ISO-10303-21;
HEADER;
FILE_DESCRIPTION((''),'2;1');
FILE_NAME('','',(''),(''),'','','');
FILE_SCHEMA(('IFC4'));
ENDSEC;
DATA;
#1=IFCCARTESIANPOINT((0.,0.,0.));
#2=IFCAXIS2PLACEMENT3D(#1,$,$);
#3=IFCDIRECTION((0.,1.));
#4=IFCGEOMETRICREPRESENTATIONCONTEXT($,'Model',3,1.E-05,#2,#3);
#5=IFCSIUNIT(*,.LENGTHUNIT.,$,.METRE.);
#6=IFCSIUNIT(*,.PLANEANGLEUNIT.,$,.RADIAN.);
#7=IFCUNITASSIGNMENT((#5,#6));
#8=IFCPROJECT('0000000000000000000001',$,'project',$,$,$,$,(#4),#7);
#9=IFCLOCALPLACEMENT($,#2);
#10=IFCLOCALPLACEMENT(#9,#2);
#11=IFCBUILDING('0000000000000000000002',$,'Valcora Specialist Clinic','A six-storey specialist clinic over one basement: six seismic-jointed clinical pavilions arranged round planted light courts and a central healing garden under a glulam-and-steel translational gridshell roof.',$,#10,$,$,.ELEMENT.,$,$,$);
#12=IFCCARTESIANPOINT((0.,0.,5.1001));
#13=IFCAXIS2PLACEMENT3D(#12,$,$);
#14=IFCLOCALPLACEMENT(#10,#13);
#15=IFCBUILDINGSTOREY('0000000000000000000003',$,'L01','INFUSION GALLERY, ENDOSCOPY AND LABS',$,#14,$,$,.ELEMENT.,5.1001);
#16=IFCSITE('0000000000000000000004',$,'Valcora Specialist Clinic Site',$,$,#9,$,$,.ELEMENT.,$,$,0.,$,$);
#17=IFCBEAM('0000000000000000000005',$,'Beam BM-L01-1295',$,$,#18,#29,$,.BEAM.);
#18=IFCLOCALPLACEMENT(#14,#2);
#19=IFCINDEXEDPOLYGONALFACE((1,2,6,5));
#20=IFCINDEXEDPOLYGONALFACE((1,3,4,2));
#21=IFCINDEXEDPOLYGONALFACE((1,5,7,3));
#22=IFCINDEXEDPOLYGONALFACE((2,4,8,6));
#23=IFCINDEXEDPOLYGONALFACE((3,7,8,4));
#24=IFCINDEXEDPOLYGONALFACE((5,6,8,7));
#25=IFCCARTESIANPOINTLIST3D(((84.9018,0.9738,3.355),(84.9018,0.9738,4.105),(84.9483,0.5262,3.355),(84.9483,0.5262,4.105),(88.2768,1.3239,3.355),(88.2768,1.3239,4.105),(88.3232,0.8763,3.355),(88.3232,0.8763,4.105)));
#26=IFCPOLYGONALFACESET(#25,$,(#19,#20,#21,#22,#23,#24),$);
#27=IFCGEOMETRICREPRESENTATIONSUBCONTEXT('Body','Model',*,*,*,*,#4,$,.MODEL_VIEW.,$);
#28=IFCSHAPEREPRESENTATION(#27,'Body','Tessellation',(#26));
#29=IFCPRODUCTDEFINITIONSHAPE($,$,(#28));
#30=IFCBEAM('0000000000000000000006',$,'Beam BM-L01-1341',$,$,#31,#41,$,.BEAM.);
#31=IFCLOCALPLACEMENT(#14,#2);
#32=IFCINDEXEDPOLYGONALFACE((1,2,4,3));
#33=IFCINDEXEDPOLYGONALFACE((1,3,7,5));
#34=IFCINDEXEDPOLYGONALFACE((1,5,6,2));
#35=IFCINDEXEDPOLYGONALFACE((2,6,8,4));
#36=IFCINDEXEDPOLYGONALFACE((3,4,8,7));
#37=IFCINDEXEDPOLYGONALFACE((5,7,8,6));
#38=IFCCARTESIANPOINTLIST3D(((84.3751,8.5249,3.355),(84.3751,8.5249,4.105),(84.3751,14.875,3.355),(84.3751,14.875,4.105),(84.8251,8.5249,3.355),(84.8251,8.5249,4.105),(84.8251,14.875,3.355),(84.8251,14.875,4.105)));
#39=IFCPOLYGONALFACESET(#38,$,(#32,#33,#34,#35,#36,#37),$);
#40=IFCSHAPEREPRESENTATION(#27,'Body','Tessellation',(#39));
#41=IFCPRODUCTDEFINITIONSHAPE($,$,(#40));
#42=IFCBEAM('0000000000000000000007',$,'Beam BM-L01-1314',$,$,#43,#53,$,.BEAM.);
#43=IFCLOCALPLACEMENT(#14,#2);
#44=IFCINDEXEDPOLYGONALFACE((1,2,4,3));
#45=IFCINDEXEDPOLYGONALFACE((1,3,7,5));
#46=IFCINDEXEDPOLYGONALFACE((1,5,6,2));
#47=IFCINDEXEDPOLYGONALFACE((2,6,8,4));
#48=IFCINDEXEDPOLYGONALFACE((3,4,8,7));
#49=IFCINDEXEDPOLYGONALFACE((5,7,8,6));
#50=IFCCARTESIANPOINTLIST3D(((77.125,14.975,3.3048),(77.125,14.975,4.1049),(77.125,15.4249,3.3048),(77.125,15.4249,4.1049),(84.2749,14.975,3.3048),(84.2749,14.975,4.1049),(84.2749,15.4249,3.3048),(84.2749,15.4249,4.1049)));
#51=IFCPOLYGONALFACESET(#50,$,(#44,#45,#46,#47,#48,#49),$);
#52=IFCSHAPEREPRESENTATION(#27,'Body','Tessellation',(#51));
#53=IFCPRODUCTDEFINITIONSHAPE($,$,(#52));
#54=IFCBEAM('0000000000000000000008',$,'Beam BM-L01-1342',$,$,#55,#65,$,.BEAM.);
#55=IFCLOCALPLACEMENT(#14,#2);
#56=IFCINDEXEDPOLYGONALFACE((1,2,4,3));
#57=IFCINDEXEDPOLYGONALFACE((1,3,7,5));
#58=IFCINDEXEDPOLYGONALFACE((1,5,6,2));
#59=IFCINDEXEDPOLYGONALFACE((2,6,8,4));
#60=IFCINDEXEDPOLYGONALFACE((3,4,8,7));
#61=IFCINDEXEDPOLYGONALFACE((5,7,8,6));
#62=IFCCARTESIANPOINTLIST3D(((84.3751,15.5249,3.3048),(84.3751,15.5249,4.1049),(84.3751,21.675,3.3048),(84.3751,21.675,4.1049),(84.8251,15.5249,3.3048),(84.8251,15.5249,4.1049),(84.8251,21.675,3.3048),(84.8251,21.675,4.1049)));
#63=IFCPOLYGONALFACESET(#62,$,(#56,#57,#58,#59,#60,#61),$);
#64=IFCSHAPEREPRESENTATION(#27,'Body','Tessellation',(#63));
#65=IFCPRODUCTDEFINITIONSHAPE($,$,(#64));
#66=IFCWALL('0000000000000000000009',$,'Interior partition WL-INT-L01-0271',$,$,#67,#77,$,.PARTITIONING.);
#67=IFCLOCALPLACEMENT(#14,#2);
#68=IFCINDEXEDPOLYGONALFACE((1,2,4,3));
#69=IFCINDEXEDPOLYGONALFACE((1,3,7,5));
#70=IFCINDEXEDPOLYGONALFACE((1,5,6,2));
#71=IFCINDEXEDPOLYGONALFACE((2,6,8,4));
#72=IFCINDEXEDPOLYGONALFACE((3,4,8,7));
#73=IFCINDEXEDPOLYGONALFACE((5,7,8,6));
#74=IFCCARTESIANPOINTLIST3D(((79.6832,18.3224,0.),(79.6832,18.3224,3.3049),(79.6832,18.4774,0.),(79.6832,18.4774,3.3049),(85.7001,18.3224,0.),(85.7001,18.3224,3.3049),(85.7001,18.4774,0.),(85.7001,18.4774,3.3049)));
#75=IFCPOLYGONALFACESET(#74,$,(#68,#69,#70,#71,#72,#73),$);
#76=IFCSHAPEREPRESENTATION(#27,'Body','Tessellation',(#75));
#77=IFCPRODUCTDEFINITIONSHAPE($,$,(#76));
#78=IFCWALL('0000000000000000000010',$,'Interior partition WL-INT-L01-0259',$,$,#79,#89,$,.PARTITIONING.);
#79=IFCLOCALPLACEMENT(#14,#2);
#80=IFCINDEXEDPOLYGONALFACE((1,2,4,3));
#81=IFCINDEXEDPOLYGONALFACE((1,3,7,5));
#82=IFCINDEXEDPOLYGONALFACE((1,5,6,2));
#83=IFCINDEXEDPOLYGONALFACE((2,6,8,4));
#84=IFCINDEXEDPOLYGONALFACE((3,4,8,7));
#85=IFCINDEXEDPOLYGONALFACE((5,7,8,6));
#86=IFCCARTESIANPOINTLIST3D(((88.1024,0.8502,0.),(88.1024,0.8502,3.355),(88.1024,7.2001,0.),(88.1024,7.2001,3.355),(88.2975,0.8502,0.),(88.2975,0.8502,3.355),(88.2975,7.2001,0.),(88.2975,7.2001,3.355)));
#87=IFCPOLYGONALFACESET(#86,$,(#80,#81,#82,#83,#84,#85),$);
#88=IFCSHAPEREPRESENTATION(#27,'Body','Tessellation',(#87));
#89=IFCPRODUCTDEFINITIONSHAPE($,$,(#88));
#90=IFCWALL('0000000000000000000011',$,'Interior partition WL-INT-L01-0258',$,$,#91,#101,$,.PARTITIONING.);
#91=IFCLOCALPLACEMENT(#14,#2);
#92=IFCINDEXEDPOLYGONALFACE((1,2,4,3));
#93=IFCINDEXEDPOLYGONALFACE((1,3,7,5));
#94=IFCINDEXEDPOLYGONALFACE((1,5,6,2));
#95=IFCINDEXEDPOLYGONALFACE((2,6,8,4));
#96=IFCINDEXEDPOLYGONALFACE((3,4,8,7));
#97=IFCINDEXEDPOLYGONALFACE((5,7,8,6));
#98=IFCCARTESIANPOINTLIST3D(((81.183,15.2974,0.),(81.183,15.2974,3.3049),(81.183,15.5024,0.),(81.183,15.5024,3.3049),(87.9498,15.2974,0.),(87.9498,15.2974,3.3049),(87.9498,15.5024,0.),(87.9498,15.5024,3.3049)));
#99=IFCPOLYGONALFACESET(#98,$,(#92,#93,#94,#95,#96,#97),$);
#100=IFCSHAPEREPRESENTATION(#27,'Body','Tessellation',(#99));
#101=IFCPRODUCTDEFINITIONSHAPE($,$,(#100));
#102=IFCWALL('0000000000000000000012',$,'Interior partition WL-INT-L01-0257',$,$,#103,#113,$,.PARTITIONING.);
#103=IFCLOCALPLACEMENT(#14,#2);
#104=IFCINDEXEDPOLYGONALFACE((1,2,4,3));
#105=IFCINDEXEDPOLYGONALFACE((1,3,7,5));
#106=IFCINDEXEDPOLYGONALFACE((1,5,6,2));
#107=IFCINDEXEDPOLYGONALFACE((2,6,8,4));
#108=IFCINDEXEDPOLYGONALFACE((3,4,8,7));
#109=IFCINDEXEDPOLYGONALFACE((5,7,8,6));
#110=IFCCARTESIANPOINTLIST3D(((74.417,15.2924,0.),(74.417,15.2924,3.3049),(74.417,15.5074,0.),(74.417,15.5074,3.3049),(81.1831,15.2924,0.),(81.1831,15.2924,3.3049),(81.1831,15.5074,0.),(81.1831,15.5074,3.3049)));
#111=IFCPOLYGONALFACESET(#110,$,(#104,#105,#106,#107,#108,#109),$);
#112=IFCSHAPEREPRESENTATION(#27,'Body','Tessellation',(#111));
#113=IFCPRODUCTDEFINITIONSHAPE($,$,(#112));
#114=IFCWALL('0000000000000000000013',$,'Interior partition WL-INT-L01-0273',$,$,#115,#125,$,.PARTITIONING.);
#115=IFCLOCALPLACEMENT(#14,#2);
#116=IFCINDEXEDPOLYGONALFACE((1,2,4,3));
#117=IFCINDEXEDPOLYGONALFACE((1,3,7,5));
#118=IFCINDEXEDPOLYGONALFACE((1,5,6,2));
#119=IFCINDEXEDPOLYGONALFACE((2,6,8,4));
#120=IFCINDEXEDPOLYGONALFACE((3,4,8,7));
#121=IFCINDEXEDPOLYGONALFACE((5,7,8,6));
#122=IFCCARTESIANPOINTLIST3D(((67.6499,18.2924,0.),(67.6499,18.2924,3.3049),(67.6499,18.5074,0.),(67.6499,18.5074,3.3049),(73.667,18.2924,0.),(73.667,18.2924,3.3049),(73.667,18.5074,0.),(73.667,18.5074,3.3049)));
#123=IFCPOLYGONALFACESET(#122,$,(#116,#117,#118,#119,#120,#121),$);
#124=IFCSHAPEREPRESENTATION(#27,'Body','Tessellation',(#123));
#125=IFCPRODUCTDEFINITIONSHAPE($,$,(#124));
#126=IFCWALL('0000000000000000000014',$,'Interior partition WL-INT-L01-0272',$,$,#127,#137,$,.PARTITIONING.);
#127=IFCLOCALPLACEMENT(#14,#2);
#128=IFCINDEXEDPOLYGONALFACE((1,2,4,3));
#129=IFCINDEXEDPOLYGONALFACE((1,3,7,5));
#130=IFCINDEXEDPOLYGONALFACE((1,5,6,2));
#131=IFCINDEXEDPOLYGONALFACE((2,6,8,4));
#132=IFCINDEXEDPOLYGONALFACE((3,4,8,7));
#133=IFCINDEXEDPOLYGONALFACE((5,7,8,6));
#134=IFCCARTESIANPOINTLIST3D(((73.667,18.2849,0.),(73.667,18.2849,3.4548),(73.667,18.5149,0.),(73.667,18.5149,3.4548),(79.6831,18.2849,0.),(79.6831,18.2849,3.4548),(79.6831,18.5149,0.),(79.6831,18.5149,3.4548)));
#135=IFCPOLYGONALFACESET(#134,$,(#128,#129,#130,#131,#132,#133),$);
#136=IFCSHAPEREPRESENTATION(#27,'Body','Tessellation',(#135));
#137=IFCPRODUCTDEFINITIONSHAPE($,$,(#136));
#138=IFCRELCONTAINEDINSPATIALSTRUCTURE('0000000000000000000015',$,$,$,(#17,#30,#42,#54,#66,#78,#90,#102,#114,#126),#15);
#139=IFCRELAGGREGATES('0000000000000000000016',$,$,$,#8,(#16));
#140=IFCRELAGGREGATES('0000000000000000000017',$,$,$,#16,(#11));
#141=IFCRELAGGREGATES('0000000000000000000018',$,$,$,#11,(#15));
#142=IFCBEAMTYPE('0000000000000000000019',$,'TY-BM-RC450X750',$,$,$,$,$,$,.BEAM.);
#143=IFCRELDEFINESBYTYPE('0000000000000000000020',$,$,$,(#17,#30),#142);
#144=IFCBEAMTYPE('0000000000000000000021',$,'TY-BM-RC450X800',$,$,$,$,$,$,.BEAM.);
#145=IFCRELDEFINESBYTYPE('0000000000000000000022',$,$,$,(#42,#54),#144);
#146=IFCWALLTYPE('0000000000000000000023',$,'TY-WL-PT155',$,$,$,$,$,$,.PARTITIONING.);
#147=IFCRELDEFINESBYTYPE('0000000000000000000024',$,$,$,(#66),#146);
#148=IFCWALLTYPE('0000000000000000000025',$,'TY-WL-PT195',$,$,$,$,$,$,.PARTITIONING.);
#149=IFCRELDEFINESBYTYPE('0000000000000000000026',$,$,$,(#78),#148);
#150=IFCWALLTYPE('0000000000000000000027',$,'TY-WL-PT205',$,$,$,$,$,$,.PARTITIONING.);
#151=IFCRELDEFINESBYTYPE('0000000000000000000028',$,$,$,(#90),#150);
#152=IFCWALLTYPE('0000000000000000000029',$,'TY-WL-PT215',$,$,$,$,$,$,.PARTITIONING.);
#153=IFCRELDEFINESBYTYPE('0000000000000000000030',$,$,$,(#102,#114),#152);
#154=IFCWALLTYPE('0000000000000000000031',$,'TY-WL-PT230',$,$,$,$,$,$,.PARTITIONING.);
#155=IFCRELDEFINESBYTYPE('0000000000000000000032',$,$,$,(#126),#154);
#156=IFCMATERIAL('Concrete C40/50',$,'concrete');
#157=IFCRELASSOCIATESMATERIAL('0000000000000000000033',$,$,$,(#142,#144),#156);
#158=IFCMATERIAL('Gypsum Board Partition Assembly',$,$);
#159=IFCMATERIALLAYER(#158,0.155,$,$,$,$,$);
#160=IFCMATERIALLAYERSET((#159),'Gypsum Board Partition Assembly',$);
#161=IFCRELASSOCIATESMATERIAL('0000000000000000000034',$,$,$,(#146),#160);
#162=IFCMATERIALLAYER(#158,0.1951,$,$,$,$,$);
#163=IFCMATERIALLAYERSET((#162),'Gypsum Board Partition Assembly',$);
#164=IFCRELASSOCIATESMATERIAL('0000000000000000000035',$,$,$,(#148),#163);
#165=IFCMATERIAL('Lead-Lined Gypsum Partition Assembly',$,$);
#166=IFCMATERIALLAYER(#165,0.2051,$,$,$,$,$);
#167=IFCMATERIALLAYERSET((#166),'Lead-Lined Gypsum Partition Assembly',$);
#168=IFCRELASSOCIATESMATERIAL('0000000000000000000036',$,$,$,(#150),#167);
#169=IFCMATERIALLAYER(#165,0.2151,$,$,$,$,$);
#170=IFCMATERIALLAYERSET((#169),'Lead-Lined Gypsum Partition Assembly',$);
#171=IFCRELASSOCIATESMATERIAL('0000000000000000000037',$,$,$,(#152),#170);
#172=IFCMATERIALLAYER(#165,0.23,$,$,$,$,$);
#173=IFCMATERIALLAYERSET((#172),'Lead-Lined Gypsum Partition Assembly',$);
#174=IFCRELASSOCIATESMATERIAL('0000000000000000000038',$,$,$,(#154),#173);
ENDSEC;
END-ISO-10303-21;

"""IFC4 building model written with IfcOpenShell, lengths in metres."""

from ifc_helpers import new_model, si_unit, direction, frame, frame_2d, origin, origin_2d, place, context, subcontext, project, spatial, rectangle, extrude, material, layer, layer_set, material_profile, profile_set, type_object, element, save


model = new_model("IFC4")

# Units and contexts
model_context = context("Model", 3, precision=1e-05, world=origin(), true_north=direction((0.0, 1.0)))
body_context = subcontext(model_context, "Body", "Model", "MODEL_VIEW")
ifc_project = project(units=[si_unit("LENGTHUNIT", "METRE"), si_unit("PLANEANGLEUNIT", "RADIAN")], contexts=[model_context])

# Site, building, storey
site_placement = place(None, origin())
site = spatial("IfcSite", under=ifc_project, at=site_placement, Name="Valcora Specialist Clinic Site", CompositionType="ELEMENT", RefElevation=0.0)
building_placement = place(site_placement, origin())
building = spatial("IfcBuilding", under=site, at=building_placement, Name="Valcora Specialist Clinic", Description="A six-storey specialist clinic over one basement: six seismic-jointed clinical pavilions arranged round planted light courts and a central healing garden under a glulam-and-steel translational gridshell roof.", CompositionType="ELEMENT")
storey_placement = place(building_placement, frame((0.0, 0.0, 5.1001)))
storey = spatial("IfcBuildingStorey", under=building, at=storey_placement, Name="L01", Description="INFUSION GALLERY, ENDOSCOPY AND LABS", CompositionType="ELEMENT", Elevation=5.1001)

# Shared definitions
ifc_material_1 = material(Name="Concrete C40/50", Category="concrete")

# Beams
ifc_material_profile_1 = material_profile(ifc_material_1, rectangle(XDim=0.45, YDim=0.75, at=origin_2d()), Name="RC-BM-450X750")
ifc_profile_set_1 = profile_set([ifc_material_profile_1], Name="Concrete C40/50")
beam_type_1 = type_object("IfcBeamType", Name="TY-BM-RC450X750", PredefinedType="BEAM", material=ifc_profile_set_1)
beam_1_placement = place(storey_placement, frame((84.925, 0.75, 3.73), z_axis=(0.994663, 0.103179, 0.0), x_axis=(-0.103179, 0.994663, 0.0)))
element("IfcBeam", 1, at=beam_1_placement, inside=storey, type_object=beam_type_1, Name="Beam BM-L01-1295", PredefinedType="BEAM", context=body_context, shape_type="SweptSolid", body=[
    extrude(rectangle(XDim=0.45, YDim=0.75, at=origin_2d()), origin(), (0.0, 0.0, 1.0), 3.3931),
])
beam_2_placement = place(storey_placement, frame((84.6001, 8.5249, 3.73), z_axis=(0.0, 1.0, 0.0), x_axis=(-1.0, 0.0, 0.0)))
element("IfcBeam", 2, at=beam_2_placement, inside=storey, type_object=beam_type_1, Name="Beam BM-L01-1341", PredefinedType="BEAM", context=body_context, shape_type="SweptSolid", body=[
    extrude(rectangle(XDim=0.45, YDim=0.75, at=origin_2d()), origin(), (0.0, 0.0, 1.0), 6.3501),
])
ifc_material_profile_2 = material_profile(ifc_material_1, rectangle(XDim=0.45, YDim=0.8, at=origin_2d()), Name="RC-BM-450X800")
ifc_profile_set_2 = profile_set([ifc_material_profile_2], Name="Concrete C40/50")
beam_type_2 = type_object("IfcBeamType", Name="TY-BM-RC450X800", PredefinedType="BEAM", material=ifc_profile_set_2)
beam_3_placement = place(storey_placement, frame((77.125, 15.2, 3.7048), z_axis=(1.0, 0.0, 0.0), x_axis=(0.0, 1.0, 0.0)))
element("IfcBeam", 3, at=beam_3_placement, inside=storey, type_object=beam_type_2, Name="Beam BM-L01-1314", PredefinedType="BEAM", context=body_context, shape_type="SweptSolid", body=[
    extrude(rectangle(XDim=0.45, YDim=0.8, at=origin_2d()), origin(), (0.0, 0.0, 1.0), 7.1499),
])
beam_4_placement = place(storey_placement, frame((84.6001, 15.5249, 3.7048), z_axis=(0.0, 1.0, 0.0), x_axis=(-1.0, 0.0, 0.0)))
element("IfcBeam", 4, at=beam_4_placement, inside=storey, type_object=beam_type_2, Name="Beam BM-L01-1342", PredefinedType="BEAM", context=body_context, shape_type="SweptSolid", body=[
    extrude(rectangle(XDim=0.45, YDim=0.8, at=origin_2d()), origin(), (0.0, 0.0, 1.0), 6.1501),
])

# Walls
ifc_material_2 = material(Name="Gypsum Board Partition Assembly")
ifc_layer_1 = layer(ifc_material_2, 0.155)
ifc_layer_set_1 = layer_set([ifc_layer_1], Name="Gypsum Board Partition Assembly")
wall_type_1 = type_object("IfcWallType", Name="TY-WL-PT155", PredefinedType="PARTITIONING", material=ifc_layer_set_1)
wall_1_placement = place(storey_placement, frame((85.7, 18.3999, 0.0), z_axis=(0.0, 0.0, 1.0), x_axis=(-1.0, 0.0, 0.0)))
element("IfcWall", 5, at=wall_1_placement, inside=storey, type_object=wall_type_1, Name="Interior partition WL-INT-L01-0271", PredefinedType="PARTITIONING", context=body_context, shape_type="SweptSolid", body=[
    extrude(rectangle(XDim=6.0168, YDim=0.155, at=frame_2d((3.0083, 0.0))), origin(), (0.0, 0.0, 1.0), 3.3049),
])
ifc_layer_2 = layer(ifc_material_2, 0.1951)
ifc_layer_set_2 = layer_set([ifc_layer_2], Name="Gypsum Board Partition Assembly")
wall_type_2 = type_object("IfcWallType", Name="TY-WL-PT195", PredefinedType="PARTITIONING", material=ifc_layer_set_2)
wall_2_placement = place(storey_placement, frame((88.2, 7.2, 0.0), z_axis=(0.0, 0.0, 1.0), x_axis=(0.0, -1.0, 0.0)))
element("IfcWall", 6, at=wall_2_placement, inside=storey, type_object=wall_type_2, Name="Interior partition WL-INT-L01-0259", PredefinedType="PARTITIONING", context=body_context, shape_type="SweptSolid", body=[
    extrude(rectangle(XDim=6.3499, YDim=0.1951, at=frame_2d((3.1748, 0.0))), origin(), (0.0, 0.0, 1.0), 3.355),
])
ifc_material_3 = material(Name="Lead-Lined Gypsum Partition Assembly")
ifc_layer_3 = layer(ifc_material_3, 0.2051)
ifc_layer_set_3 = layer_set([ifc_layer_3], Name="Lead-Lined Gypsum Partition Assembly")
wall_type_3 = type_object("IfcWallType", Name="TY-WL-PT205", PredefinedType="PARTITIONING", material=ifc_layer_set_3)
wall_3_placement = place(storey_placement, frame((81.1831, 15.3999, 0.0), z_axis=(0.0, 0.0, 1.0), x_axis=(1.0, 0.0, 0.0)))
element("IfcWall", 7, at=wall_3_placement, inside=storey, type_object=wall_type_3, Name="Interior partition WL-INT-L01-0258", PredefinedType="PARTITIONING", context=body_context, shape_type="SweptSolid", body=[
    extrude(rectangle(XDim=6.7668, YDim=0.2051, at=frame_2d((3.3833, 0.0))), origin(), (0.0, 0.0, 1.0), 3.3049),
])
ifc_layer_4 = layer(ifc_material_3, 0.2151)
ifc_layer_set_4 = layer_set([ifc_layer_4], Name="Lead-Lined Gypsum Partition Assembly")
wall_type_4 = type_object("IfcWallType", Name="TY-WL-PT215", PredefinedType="PARTITIONING", material=ifc_layer_set_4)
wall_4_placement = place(storey_placement, frame((74.417, 15.3999, 0.0), z_axis=(0.0, 0.0, 1.0), x_axis=(1.0, 0.0, 0.0)))
element("IfcWall", 8, at=wall_4_placement, inside=storey, type_object=wall_type_4, Name="Interior partition WL-INT-L01-0257", PredefinedType="PARTITIONING", context=body_context, shape_type="SweptSolid", body=[
    extrude(rectangle(XDim=6.7661, YDim=0.2151, at=frame_2d((3.3831, 0.0))), origin(), (0.0, 0.0, 1.0), 3.3049),
])
wall_5_placement = place(storey_placement, frame((73.667, 18.3999, 0.0), z_axis=(0.0, 0.0, 1.0), x_axis=(-1.0, 0.0, 0.0)))
element("IfcWall", 9, at=wall_5_placement, inside=storey, type_object=wall_type_4, Name="Interior partition WL-INT-L01-0273", PredefinedType="PARTITIONING", context=body_context, shape_type="SweptSolid", body=[
    extrude(rectangle(XDim=6.0171, YDim=0.2151, at=frame_2d((3.0085, 0.0))), origin(), (0.0, 0.0, 1.0), 3.3049),
])
ifc_layer_5 = layer(ifc_material_3, 0.23)
ifc_layer_set_5 = layer_set([ifc_layer_5], Name="Lead-Lined Gypsum Partition Assembly")
wall_type_5 = type_object("IfcWallType", Name="TY-WL-PT230", PredefinedType="PARTITIONING", material=ifc_layer_set_5)
wall_6_placement = place(storey_placement, frame((79.6831, 18.3999, 0.0), z_axis=(0.0, 0.0, 1.0), x_axis=(-1.0, 0.0, 0.0)))
element("IfcWall", 10, at=wall_6_placement, inside=storey, type_object=wall_type_5, Name="Interior partition WL-INT-L01-0272", PredefinedType="PARTITIONING", context=body_context, shape_type="SweptSolid", body=[
    extrude(rectangle(XDim=6.0161, YDim=0.23, at=frame_2d((3.0081, 0.0))), origin(), (0.0, 0.0, 1.0), 3.4548),
])

save(model, "model.ifc")
